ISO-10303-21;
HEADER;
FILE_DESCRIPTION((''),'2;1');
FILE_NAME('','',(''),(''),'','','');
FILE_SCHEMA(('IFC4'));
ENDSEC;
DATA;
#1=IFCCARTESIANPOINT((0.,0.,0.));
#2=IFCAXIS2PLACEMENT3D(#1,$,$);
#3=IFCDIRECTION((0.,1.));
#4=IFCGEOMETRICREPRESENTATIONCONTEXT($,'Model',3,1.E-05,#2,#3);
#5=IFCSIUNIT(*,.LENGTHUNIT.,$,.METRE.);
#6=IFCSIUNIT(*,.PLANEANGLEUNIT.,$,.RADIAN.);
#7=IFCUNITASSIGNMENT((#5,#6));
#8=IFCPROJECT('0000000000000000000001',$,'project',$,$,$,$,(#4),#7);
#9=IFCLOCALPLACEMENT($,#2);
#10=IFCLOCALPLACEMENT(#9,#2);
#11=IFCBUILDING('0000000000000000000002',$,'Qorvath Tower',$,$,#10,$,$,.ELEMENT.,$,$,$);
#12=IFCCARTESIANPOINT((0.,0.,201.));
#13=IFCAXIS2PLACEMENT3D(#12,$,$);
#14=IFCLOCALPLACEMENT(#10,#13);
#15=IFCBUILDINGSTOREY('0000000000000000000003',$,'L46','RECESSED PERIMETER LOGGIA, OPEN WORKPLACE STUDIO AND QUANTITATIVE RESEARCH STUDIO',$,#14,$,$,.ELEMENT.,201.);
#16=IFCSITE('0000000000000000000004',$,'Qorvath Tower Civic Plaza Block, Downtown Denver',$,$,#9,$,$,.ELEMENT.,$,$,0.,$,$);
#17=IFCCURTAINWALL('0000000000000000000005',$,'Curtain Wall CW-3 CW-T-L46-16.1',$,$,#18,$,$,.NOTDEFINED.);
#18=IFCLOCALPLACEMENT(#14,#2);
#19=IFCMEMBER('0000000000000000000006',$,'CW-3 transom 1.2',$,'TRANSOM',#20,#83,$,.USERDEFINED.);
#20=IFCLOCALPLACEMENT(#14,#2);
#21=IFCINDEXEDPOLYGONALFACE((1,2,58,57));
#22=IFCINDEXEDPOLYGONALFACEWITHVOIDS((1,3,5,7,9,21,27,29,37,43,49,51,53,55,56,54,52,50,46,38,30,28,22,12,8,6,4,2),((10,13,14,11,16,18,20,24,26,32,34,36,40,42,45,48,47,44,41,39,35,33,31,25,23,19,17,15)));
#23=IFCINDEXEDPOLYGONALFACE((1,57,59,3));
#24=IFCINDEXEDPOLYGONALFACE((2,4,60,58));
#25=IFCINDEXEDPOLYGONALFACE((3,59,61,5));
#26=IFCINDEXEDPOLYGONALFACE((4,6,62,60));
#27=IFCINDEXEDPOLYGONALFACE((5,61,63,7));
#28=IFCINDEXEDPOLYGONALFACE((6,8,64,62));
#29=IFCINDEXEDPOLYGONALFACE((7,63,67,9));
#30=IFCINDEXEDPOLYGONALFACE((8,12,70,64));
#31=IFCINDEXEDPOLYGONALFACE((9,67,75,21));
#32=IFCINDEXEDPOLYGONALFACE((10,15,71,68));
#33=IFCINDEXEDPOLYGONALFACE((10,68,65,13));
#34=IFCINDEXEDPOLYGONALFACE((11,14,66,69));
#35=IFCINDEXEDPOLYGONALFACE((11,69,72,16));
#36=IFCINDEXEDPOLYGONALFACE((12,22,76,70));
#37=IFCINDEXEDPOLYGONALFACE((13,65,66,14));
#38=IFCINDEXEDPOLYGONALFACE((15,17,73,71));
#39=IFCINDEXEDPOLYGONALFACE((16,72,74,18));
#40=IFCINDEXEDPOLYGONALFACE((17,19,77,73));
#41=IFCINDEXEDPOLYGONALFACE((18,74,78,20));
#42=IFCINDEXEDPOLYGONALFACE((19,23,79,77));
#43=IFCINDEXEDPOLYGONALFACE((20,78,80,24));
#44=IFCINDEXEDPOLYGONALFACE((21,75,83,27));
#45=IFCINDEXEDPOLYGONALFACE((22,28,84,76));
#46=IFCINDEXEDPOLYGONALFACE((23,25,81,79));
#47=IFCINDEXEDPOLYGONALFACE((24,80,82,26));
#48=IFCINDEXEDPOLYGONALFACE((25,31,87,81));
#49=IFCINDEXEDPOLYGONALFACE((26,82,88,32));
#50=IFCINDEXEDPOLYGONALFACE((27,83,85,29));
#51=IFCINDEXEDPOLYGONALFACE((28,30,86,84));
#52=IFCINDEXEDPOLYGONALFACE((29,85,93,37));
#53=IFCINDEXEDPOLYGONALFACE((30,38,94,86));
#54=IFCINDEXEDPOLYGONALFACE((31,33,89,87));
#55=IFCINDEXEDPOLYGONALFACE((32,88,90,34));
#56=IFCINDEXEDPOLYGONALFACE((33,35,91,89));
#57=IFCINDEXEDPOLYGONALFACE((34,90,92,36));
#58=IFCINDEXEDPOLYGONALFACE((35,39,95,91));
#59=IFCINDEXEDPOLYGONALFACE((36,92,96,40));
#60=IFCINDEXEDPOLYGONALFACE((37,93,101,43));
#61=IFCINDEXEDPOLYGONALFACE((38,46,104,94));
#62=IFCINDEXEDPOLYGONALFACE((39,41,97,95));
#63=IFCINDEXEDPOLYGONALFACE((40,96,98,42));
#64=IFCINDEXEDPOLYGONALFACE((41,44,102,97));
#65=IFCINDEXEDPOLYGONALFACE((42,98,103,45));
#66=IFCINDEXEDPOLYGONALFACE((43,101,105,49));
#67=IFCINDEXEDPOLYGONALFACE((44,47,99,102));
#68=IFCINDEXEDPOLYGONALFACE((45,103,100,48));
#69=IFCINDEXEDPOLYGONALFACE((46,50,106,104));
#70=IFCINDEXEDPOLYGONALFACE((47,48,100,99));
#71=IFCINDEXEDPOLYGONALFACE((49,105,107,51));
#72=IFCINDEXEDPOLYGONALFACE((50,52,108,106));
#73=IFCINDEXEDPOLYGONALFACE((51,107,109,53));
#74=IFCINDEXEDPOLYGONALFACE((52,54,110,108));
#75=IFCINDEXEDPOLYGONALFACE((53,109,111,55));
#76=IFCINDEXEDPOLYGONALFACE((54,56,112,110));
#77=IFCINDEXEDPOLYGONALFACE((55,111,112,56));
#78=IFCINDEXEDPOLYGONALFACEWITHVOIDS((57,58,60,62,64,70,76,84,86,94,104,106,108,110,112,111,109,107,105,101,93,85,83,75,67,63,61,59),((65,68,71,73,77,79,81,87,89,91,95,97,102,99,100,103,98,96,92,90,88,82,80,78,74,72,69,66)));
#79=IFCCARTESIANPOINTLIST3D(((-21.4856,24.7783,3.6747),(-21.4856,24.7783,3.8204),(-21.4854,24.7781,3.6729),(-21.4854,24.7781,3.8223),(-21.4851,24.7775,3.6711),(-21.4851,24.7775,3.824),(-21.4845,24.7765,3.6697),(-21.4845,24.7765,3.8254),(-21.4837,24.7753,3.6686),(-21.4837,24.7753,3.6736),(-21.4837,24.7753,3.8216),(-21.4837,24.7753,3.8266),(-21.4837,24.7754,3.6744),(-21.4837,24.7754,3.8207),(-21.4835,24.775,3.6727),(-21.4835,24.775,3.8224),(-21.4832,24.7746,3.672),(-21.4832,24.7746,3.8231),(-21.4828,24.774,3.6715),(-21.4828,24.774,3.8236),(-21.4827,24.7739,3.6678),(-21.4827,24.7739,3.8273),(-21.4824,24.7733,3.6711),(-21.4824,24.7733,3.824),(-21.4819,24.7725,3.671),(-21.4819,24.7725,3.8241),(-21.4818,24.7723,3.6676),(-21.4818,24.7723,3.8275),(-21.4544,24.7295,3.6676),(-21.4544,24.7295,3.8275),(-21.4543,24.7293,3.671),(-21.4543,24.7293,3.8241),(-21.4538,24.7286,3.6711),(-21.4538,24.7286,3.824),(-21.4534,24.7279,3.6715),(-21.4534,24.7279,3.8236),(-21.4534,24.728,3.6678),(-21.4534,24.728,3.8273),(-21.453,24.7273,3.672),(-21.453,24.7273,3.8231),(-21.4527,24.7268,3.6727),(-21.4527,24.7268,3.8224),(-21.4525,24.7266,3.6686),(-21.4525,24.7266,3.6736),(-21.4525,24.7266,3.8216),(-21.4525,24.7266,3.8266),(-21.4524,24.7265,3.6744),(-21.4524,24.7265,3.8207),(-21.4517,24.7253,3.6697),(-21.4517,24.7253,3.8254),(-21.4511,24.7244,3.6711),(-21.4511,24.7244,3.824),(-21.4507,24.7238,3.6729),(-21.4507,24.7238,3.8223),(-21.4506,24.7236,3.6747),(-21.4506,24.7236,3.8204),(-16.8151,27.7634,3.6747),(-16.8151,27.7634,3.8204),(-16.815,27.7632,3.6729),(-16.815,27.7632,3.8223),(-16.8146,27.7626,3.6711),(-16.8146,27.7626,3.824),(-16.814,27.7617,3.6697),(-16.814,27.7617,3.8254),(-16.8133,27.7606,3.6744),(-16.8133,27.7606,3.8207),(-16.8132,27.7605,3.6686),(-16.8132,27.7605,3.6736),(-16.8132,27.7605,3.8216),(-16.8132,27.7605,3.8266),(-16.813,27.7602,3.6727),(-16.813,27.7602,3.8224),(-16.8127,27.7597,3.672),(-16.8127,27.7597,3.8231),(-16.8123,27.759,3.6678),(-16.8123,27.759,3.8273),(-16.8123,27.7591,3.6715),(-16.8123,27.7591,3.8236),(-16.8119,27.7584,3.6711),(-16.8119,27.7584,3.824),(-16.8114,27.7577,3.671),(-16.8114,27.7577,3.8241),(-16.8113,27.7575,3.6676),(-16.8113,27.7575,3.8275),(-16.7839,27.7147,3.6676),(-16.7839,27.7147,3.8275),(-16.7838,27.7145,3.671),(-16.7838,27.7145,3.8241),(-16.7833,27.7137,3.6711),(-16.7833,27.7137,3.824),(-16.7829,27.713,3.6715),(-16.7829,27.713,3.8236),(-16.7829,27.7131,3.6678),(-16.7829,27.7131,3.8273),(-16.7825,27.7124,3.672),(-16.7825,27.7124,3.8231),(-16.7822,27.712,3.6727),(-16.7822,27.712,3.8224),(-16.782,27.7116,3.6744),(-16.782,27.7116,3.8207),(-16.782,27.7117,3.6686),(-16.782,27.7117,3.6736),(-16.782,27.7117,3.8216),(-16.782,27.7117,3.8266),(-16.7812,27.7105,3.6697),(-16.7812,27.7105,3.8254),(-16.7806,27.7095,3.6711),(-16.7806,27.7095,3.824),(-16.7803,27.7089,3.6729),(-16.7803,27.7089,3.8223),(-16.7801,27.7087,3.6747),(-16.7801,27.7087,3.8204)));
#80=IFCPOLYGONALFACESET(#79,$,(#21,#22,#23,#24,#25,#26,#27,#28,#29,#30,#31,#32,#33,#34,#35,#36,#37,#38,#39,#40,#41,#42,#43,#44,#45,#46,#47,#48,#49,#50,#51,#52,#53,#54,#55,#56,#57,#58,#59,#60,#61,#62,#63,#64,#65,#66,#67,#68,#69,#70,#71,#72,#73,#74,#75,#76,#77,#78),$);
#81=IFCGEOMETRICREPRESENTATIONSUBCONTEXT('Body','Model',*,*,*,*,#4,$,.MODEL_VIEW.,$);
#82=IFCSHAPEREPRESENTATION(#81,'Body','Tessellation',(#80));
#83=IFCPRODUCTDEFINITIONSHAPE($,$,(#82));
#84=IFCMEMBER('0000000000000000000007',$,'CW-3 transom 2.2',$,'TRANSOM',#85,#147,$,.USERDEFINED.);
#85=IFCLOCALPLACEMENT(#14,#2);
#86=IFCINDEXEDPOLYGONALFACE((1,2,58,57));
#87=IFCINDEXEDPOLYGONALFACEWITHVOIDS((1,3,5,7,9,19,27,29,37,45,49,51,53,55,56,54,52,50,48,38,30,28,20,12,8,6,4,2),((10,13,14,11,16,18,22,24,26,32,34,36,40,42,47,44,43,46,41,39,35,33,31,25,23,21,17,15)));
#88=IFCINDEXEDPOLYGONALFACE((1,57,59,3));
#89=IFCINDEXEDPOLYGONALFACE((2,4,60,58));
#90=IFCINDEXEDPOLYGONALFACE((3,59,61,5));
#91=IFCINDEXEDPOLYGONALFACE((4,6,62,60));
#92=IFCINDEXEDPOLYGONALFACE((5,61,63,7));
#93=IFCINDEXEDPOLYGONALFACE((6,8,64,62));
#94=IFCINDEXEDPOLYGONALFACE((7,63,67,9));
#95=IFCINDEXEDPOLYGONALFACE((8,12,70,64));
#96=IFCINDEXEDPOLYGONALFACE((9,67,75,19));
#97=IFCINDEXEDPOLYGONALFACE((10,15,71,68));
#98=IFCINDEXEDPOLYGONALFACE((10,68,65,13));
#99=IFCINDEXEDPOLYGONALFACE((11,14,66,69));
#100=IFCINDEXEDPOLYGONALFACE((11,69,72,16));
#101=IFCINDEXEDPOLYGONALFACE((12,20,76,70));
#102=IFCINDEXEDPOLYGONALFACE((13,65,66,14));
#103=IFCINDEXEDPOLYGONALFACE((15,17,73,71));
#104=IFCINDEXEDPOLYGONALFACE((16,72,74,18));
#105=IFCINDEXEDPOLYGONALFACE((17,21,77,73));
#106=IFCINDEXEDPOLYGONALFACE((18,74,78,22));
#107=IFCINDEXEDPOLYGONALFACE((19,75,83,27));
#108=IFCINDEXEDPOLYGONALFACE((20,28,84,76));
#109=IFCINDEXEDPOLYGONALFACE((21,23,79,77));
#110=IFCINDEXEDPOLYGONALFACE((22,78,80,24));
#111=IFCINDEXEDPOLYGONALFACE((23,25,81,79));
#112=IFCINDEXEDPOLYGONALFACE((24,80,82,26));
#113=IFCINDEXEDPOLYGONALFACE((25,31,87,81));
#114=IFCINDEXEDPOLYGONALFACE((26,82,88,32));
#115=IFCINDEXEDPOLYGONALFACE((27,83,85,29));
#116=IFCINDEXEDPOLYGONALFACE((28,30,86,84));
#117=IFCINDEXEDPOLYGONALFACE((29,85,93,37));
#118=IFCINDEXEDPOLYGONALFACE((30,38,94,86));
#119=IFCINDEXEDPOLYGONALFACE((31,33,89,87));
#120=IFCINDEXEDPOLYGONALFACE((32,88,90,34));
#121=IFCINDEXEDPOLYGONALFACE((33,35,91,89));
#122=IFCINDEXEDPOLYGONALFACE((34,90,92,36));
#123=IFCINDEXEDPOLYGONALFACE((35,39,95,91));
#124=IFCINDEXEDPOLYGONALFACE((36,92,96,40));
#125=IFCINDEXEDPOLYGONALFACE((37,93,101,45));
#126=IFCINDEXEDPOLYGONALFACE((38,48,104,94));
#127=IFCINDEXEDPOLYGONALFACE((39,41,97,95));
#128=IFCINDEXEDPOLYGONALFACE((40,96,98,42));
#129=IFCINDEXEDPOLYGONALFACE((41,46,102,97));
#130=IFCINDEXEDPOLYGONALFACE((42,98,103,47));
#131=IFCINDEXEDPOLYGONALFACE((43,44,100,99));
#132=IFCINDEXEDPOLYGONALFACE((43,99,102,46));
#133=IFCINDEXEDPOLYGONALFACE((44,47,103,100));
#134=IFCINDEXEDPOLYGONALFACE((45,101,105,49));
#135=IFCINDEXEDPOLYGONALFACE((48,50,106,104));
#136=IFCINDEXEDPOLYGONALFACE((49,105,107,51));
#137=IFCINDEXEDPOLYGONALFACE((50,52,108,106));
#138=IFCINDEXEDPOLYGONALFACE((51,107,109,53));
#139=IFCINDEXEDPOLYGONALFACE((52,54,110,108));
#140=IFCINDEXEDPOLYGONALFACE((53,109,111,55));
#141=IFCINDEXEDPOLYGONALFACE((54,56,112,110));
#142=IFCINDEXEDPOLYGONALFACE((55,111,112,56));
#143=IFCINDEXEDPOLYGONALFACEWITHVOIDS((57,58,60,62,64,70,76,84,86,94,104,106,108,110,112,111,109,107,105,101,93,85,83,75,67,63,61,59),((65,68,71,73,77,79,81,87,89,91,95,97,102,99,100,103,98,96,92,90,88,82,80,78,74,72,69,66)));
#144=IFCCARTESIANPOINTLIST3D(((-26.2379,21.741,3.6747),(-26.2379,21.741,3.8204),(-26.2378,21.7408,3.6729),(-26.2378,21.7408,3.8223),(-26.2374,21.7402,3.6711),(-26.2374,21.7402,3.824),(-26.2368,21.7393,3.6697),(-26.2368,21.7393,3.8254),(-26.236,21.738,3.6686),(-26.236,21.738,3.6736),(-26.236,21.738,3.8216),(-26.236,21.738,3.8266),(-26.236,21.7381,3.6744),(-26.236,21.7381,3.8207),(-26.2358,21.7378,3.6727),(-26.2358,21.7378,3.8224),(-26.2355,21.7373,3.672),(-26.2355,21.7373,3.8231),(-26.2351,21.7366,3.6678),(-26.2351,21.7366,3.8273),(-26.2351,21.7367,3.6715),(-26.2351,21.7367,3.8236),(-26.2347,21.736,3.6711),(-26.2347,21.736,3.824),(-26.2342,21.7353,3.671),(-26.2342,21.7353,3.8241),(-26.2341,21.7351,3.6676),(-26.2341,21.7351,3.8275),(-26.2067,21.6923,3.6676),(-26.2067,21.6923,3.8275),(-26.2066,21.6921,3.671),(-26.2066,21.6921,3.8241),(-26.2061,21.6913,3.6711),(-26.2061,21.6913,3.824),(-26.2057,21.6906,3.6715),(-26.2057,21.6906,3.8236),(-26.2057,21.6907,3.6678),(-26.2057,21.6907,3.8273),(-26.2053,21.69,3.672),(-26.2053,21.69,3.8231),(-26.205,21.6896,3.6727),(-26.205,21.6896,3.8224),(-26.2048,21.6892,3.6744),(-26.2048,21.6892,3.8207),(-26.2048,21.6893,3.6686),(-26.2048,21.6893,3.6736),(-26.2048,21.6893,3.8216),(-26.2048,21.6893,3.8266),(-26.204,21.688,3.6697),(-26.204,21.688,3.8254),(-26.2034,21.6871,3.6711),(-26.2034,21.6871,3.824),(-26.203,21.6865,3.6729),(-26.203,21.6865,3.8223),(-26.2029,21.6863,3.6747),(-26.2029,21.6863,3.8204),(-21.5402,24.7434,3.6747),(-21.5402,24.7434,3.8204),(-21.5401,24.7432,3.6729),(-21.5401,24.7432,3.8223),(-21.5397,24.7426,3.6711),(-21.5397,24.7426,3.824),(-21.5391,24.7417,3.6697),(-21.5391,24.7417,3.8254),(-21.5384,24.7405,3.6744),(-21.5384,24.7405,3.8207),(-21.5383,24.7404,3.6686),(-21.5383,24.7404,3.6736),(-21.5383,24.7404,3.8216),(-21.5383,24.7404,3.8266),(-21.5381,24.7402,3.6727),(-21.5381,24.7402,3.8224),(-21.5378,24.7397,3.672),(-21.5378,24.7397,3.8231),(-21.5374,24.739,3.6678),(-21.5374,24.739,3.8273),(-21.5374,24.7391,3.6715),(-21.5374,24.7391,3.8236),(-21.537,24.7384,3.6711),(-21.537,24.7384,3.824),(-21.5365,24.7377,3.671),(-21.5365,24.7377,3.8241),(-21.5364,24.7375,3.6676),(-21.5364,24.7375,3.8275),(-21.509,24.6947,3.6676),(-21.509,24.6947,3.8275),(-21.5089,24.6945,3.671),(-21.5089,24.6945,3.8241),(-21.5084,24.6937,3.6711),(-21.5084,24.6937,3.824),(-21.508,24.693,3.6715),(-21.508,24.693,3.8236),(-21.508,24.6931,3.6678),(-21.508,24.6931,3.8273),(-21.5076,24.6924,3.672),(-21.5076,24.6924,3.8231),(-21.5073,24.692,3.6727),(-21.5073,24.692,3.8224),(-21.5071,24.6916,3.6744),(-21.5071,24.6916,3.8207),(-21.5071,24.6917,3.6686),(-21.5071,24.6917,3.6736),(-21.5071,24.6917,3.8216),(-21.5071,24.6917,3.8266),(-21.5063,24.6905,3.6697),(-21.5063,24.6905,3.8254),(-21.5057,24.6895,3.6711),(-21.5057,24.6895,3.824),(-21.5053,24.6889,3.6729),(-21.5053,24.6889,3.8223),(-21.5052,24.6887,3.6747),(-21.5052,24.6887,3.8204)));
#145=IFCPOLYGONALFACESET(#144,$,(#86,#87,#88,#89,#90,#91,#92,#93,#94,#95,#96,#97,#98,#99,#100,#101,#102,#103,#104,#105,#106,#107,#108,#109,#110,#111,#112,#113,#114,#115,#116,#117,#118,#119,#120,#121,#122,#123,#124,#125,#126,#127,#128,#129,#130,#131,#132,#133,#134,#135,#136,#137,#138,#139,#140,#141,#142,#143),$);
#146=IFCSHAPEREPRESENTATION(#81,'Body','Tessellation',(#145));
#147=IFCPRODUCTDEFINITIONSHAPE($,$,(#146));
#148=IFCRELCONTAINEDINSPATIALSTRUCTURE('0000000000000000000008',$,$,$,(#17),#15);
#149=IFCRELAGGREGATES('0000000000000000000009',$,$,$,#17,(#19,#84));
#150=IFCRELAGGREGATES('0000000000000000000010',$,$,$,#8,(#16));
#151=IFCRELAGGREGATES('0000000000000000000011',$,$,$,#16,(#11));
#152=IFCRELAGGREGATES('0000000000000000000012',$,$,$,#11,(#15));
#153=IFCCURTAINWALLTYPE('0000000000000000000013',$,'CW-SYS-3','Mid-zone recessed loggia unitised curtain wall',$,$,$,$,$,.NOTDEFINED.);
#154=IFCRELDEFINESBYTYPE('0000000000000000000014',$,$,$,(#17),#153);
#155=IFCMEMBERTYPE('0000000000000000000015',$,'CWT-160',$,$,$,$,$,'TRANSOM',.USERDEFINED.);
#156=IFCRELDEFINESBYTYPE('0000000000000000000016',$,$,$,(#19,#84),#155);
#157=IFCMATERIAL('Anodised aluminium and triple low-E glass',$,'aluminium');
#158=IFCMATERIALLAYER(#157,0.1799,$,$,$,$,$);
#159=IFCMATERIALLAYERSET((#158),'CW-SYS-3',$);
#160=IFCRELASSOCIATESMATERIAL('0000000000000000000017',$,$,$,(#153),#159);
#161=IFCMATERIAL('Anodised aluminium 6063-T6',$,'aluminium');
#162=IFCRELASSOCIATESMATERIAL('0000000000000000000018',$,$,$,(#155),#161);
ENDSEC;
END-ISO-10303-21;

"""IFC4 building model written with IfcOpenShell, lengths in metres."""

from ifc_helpers import new_model, si_unit, direction, frame, origin, origin_2d, place, context, subcontext, project, spatial, hollow_rectangle, extrude, material, layer, layer_set, material_profile, profile_set, type_object, element, aggregate, save


model = new_model("IFC4")

# Units and contexts
model_context = context("Model", 3, precision=1e-05, world=origin(), true_north=direction((0.0, 1.0)))
body_context = subcontext(model_context, "Body", "Model", "MODEL_VIEW")
ifc_project = project(units=[si_unit("LENGTHUNIT", "METRE"), si_unit("PLANEANGLEUNIT", "RADIAN")], contexts=[model_context])

# Site, building, storey
site_placement = place(None, origin())
site = spatial("IfcSite", under=ifc_project, at=site_placement, Name="Qorvath Tower Civic Plaza Block, Downtown Denver", CompositionType="ELEMENT", RefElevation=0.0)
building_placement = place(site_placement, origin())
building = spatial("IfcBuilding", under=site, at=building_placement, Name="Qorvath Tower", CompositionType="ELEMENT")
storey_placement = place(building_placement, frame((0.0, 0.0, 201.0)))
storey = spatial("IfcBuildingStorey", under=building, at=storey_placement, Name="L46", Description="RECESSED PERIMETER LOGGIA, OPEN WORKPLACE STUDIO AND QUANTITATIVE RESEARCH STUDIO", CompositionType="ELEMENT", Elevation=201.0)

# Shared definitions
ifc_material_1 = material(Name="Anodised aluminium and triple low-E glass", Category="aluminium")
ifc_layer_1 = layer(ifc_material_1, 0.1799)
ifc_layer_set_1 = layer_set([ifc_layer_1], Name="CW-SYS-3")
curtain_wall_type = type_object("IfcCurtainWallType", Name="CW-SYS-3", Description="Mid-zone recessed loggia unitised curtain wall", PredefinedType="NOTDEFINED", material=ifc_layer_set_1)

# Curtain wall, members
curtain_wall_1_placement = place(storey_placement, origin())
curtain_wall_1 = element("IfcCurtainWall", 1, at=curtain_wall_1_placement, inside=storey, type_object=curtain_wall_type, Name="Curtain Wall CW-3 CW-T-L46-16.1", PredefinedType="NOTDEFINED")
ifc_material_2 = material(Name="Anodised aluminium 6063-T6", Category="aluminium")
ifc_material_profile_1 = material_profile(ifc_material_2, hollow_rectangle(XDim=0.0649, YDim=0.1599, WallThickness=0.0034, InnerFilletRadius=0.0034, OuterFilletRadius=0.0071, at=origin_2d()), Name="CWT 160x65")
ifc_profile_set_1 = profile_set([ifc_material_profile_1], Name="Anodised aluminium 6063-T6")
member_type_1 = type_object("IfcMemberType", Name="CWT-160", ElementType="TRANSOM", PredefinedType="USERDEFINED", material=ifc_profile_set_1)
member_1_placement = place(storey_placement, frame((-16.7976, 27.7361, 3.7476), z_axis=(-0.842595, -0.538547, 0.0), x_axis=(0.538547, -0.842595, 0.0)))
member_1 = element("IfcMember", 2, at=member_1_placement, type_object=member_type_1, Name="CW-3 transom 1.2", ObjectType="TRANSOM", PredefinedType="USERDEFINED", context=body_context, shape_type="SweptSolid", body=[
    extrude(hollow_rectangle(XDim=0.0649, YDim=0.1599, WallThickness=0.0034, InnerFilletRadius=0.0034, OuterFilletRadius=0.0071, at=origin_2d()), origin(), (0.0, 0.0, 1.0), 5.543),
])
member_2_placement = place(storey_placement, frame((-21.5227, 24.7161, 3.7476), z_axis=(-0.842607, -0.538529, 0.0), x_axis=(0.538529, -0.842607, 0.0)))
member_2 = element("IfcMember", 3, at=member_2_placement, type_object=member_type_1, Name="CW-3 transom 2.2", ObjectType="TRANSOM", PredefinedType="USERDEFINED", context=body_context, shape_type="SweptSolid", body=[
    extrude(hollow_rectangle(XDim=0.0649, YDim=0.1599, WallThickness=0.0034, InnerFilletRadius=0.0034, OuterFilletRadius=0.0071, at=origin_2d()), origin(), (0.0, 0.0, 1.0), 5.5752),
])

aggregate(curtain_wall_1, [member_1, member_2])

save(model, "model.ifc")
